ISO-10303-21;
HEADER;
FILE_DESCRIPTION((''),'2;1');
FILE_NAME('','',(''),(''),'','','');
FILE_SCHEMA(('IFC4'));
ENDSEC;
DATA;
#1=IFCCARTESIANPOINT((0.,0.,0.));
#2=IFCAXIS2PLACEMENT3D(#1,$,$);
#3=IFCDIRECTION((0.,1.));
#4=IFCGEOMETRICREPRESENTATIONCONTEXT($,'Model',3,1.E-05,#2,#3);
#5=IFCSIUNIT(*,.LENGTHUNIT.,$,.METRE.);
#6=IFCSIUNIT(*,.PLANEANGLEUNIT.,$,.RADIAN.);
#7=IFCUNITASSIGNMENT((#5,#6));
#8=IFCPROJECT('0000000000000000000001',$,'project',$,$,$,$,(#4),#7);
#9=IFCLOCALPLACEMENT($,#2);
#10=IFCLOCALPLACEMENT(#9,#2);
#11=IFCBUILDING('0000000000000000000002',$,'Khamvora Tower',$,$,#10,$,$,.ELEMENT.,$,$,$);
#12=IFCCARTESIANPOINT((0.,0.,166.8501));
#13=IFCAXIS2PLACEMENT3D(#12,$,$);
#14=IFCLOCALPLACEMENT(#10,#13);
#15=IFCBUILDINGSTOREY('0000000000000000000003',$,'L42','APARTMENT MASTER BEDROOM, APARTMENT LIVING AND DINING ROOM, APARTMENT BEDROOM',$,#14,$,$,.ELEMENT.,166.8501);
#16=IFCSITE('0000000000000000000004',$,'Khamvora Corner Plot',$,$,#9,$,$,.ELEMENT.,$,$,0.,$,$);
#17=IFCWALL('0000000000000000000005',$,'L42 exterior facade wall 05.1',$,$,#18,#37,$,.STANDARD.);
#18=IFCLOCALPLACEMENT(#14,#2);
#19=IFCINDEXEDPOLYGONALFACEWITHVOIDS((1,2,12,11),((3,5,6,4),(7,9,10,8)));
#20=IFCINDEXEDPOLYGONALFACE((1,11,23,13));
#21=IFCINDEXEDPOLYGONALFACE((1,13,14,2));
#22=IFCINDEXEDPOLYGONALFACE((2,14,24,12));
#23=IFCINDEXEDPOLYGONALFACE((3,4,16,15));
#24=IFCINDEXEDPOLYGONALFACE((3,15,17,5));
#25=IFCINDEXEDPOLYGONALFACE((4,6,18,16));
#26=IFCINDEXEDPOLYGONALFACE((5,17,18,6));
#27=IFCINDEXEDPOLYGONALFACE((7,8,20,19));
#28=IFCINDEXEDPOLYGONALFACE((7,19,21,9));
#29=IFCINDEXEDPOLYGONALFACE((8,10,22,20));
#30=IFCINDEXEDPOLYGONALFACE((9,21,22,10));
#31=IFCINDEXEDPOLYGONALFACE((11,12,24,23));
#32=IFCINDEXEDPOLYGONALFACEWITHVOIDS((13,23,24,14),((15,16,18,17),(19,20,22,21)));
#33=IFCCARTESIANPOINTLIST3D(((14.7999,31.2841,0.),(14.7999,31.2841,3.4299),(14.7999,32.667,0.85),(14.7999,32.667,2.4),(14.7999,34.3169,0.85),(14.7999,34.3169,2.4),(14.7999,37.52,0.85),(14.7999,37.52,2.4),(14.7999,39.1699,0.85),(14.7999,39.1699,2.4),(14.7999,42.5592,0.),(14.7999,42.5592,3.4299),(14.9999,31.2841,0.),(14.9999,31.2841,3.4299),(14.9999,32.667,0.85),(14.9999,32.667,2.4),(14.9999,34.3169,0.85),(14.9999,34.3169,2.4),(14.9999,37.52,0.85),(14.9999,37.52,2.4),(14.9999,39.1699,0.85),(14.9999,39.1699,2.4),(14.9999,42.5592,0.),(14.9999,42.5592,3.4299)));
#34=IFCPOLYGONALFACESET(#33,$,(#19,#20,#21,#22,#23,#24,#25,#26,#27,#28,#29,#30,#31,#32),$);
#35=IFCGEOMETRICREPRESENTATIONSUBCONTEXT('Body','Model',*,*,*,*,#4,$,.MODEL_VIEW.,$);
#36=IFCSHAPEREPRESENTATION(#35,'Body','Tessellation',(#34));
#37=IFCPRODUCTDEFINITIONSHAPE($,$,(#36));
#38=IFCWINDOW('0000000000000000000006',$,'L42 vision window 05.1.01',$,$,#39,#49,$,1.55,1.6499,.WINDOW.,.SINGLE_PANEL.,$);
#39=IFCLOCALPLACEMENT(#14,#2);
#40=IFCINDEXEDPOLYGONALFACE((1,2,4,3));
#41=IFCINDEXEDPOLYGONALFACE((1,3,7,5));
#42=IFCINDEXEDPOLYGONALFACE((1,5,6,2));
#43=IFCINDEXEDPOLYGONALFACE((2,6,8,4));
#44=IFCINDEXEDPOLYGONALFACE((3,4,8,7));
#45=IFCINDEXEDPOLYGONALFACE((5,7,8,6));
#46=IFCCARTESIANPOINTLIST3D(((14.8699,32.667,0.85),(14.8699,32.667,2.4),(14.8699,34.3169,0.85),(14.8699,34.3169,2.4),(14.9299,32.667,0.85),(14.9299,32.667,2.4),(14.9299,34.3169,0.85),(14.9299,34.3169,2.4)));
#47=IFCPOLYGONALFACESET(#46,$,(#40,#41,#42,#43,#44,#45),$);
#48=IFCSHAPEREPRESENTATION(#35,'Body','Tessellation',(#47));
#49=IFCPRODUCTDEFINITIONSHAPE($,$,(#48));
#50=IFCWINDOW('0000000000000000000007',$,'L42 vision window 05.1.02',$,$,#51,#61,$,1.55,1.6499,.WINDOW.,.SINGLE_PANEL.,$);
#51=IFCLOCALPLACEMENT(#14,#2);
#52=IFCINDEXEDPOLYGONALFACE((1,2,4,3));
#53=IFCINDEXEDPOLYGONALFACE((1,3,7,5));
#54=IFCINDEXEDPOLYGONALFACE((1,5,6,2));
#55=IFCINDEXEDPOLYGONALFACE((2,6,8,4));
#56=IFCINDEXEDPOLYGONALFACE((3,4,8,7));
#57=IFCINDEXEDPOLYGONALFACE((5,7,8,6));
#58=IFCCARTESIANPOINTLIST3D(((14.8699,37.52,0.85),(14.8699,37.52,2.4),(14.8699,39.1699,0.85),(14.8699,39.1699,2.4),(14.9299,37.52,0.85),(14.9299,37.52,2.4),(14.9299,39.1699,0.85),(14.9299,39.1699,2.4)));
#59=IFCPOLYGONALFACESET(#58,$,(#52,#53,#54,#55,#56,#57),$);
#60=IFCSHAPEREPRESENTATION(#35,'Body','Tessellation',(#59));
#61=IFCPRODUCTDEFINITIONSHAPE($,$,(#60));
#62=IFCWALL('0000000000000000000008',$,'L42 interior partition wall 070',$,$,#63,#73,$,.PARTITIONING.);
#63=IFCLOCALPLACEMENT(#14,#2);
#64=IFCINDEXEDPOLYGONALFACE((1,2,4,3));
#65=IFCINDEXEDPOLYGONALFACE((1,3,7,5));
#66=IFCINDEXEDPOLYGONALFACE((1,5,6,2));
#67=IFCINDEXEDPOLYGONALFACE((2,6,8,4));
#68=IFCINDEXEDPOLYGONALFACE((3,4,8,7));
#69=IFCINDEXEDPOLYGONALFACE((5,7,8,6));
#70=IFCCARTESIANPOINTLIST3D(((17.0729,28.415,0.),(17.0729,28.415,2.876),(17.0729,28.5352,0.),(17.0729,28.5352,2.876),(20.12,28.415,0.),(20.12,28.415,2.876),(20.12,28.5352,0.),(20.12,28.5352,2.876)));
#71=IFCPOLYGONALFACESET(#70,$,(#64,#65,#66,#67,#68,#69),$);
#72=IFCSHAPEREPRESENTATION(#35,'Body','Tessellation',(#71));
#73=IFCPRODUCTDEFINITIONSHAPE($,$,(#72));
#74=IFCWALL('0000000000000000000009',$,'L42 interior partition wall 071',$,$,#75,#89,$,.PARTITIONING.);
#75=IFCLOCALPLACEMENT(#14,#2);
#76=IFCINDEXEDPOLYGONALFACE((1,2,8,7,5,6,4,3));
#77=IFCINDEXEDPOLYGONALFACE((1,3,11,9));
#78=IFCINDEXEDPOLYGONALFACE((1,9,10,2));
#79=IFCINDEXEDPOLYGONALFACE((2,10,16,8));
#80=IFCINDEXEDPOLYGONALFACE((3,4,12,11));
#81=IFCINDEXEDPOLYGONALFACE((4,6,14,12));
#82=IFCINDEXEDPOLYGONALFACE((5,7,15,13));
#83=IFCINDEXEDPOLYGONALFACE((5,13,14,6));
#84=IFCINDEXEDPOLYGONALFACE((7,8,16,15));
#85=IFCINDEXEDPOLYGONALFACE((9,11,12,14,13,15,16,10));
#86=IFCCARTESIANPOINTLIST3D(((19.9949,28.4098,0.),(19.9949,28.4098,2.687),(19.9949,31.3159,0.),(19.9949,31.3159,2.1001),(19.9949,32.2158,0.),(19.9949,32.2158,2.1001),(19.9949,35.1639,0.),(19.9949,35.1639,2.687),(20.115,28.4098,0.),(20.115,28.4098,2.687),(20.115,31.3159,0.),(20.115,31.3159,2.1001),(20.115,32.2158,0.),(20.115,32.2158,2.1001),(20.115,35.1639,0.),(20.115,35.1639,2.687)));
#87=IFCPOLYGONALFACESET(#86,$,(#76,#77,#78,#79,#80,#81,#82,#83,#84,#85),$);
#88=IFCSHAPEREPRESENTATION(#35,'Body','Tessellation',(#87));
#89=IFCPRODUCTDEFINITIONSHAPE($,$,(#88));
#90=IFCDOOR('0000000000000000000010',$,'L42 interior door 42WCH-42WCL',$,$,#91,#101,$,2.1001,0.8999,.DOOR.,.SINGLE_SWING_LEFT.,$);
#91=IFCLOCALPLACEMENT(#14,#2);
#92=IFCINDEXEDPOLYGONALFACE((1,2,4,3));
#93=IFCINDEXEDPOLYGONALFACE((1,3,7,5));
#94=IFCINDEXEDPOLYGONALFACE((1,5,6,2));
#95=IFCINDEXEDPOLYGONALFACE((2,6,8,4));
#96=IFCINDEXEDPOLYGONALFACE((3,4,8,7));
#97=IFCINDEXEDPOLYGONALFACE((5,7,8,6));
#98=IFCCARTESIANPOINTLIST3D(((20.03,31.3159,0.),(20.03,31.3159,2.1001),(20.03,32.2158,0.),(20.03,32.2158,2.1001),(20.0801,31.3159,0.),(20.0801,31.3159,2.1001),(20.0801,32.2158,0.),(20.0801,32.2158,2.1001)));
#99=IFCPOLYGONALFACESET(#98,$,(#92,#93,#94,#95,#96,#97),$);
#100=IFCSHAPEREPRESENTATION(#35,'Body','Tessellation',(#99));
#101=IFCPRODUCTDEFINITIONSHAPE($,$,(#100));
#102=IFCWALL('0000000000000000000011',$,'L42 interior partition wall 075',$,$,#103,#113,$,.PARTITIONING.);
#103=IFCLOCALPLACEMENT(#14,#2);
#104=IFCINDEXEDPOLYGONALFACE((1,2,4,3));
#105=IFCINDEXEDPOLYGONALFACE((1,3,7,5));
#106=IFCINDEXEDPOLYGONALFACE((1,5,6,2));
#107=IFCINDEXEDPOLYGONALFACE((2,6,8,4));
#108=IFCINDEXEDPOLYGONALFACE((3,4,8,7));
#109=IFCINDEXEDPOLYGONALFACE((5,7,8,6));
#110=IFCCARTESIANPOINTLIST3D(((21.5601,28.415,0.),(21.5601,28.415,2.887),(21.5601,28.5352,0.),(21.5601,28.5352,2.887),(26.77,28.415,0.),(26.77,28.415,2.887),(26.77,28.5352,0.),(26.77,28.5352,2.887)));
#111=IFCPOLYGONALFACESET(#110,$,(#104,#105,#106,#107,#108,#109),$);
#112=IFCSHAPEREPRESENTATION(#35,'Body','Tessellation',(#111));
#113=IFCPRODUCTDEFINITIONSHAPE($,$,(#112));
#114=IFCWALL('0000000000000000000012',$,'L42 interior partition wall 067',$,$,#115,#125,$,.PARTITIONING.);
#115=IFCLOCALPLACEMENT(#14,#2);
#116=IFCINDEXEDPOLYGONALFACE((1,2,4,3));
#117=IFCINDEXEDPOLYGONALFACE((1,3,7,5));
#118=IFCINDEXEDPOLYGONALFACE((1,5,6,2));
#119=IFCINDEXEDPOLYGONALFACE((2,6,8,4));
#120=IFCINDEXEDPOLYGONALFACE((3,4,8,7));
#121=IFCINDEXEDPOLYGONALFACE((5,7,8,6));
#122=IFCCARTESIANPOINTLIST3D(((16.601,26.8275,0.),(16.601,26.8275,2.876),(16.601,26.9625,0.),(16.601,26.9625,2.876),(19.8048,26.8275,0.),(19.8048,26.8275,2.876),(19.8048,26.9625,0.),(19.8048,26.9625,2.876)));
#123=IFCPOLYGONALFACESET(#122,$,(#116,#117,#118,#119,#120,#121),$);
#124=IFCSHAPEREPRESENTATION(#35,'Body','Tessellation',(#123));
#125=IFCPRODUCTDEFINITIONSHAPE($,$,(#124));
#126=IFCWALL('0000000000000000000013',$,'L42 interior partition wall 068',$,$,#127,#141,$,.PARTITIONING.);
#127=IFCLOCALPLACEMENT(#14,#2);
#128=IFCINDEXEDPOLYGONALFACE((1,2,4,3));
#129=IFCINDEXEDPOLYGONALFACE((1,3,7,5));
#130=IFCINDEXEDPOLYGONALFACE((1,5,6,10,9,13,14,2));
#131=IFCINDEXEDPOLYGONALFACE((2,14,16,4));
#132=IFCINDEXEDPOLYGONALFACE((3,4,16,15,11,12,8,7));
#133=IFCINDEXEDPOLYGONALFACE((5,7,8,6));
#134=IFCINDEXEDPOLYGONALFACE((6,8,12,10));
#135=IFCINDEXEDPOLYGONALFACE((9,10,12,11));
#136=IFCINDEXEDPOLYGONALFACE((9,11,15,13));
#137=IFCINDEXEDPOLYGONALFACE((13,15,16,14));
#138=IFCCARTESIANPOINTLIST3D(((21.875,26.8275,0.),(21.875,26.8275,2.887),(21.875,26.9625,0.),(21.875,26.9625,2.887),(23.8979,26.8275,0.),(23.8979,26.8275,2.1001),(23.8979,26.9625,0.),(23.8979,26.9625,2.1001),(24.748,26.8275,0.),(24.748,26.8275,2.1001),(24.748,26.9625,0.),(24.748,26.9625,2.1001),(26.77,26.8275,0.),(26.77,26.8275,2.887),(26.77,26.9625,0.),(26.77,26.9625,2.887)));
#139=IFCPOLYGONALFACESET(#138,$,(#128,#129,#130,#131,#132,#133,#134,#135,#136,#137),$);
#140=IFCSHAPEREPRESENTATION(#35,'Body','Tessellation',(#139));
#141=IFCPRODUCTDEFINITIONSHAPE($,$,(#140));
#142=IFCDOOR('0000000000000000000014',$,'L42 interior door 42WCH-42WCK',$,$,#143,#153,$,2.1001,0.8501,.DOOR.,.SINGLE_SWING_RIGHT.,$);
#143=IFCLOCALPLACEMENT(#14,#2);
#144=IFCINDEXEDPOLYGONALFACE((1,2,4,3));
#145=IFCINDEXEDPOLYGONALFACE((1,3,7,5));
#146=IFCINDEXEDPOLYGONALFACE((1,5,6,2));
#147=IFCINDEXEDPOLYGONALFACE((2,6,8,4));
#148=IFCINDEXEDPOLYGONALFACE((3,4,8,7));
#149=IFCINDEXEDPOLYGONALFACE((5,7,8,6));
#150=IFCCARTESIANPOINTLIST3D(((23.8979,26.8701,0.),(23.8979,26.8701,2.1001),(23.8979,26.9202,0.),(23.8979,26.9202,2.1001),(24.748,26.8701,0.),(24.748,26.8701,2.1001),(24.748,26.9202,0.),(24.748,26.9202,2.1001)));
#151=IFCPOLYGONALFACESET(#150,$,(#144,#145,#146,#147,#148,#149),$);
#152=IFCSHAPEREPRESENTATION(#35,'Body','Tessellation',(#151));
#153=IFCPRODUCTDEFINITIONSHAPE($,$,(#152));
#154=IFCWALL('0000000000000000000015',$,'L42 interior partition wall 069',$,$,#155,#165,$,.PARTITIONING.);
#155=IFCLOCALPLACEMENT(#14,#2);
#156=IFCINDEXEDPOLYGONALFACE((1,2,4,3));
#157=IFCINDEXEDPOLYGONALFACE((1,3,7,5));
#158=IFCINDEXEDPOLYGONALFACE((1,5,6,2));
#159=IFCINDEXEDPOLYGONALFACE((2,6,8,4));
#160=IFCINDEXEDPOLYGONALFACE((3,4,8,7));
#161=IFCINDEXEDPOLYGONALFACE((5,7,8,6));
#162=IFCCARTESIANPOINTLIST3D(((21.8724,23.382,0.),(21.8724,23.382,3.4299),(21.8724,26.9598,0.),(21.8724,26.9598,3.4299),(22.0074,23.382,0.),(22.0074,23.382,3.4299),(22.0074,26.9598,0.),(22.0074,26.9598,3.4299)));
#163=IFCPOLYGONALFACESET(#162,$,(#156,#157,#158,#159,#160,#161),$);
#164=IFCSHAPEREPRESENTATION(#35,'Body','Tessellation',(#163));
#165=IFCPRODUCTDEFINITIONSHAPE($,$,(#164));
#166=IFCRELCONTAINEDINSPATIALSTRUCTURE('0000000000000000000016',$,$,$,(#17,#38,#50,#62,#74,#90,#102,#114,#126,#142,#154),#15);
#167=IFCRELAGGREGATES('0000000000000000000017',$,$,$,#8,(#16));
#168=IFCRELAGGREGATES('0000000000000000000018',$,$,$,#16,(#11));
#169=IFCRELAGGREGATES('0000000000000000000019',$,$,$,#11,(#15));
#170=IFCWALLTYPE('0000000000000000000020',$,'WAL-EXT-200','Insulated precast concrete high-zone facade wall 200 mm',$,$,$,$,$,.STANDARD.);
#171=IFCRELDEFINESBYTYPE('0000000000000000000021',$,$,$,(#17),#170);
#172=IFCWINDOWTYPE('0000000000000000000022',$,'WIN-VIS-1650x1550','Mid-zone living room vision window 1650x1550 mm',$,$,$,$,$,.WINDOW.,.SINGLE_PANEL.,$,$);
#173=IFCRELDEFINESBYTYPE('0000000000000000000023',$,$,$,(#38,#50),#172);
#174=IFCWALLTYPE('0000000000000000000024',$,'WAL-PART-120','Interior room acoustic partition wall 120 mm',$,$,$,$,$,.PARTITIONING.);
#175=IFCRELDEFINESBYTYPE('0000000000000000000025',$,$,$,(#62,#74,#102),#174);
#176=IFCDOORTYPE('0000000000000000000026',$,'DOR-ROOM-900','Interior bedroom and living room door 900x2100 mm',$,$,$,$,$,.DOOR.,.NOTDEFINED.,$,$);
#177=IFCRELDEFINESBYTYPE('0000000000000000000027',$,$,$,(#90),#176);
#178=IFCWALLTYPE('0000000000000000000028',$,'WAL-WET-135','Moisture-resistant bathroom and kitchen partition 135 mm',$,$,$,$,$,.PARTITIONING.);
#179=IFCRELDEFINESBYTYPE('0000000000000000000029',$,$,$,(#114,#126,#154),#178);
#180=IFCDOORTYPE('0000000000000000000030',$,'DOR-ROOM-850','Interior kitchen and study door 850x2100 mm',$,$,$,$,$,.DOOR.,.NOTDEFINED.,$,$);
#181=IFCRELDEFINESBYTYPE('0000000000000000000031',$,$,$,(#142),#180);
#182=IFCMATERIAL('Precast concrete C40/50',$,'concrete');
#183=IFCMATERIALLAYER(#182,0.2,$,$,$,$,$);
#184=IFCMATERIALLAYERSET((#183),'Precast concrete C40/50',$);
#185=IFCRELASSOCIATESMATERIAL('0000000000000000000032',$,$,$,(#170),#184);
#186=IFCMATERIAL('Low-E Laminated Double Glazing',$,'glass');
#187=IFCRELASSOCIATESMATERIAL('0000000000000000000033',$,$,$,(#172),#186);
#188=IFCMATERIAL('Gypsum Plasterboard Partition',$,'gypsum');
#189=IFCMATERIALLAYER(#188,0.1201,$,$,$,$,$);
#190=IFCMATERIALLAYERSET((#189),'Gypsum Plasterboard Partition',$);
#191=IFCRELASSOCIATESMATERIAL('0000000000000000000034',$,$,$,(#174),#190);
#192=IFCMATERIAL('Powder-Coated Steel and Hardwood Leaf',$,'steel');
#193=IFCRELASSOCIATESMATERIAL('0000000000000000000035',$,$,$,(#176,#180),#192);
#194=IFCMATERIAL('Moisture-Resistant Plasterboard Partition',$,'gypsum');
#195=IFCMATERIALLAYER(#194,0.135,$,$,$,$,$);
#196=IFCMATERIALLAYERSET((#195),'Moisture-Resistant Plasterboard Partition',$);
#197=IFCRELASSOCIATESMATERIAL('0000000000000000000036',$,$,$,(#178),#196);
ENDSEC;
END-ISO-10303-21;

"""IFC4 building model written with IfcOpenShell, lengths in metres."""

from ifc_helpers import new_model, si_unit, direction, frame, frame_2d, origin, place, context, subcontext, project, spatial, rectangle, extrude, material, layer, layer_set, type_object, element, fill, save


model = new_model("IFC4")

# Units and contexts
model_context = context("Model", 3, precision=1e-05, world=origin(), true_north=direction((0.0, 1.0)))
body_context = subcontext(model_context, "Body", "Model", "MODEL_VIEW")
ifc_project = project(units=[si_unit("LENGTHUNIT", "METRE"), si_unit("PLANEANGLEUNIT", "RADIAN")], contexts=[model_context])

# Site, building, storey
site_placement = place(None, origin())
site = spatial("IfcSite", under=ifc_project, at=site_placement, Name="Khamvora Corner Plot", CompositionType="ELEMENT", RefElevation=0.0)
building_placement = place(site_placement, origin())
building = spatial("IfcBuilding", under=site, at=building_placement, Name="Khamvora Tower", CompositionType="ELEMENT")
storey_placement = place(building_placement, frame((0.0, 0.0, 166.8501)))
storey = spatial("IfcBuildingStorey", under=building, at=storey_placement, Name="L42", Description="APARTMENT MASTER BEDROOM, APARTMENT LIVING AND DINING ROOM, APARTMENT BEDROOM", CompositionType="ELEMENT", Elevation=166.8501)

# Shared definitions
ifc_material_1 = material(Name="Precast concrete C40/50", Category="concrete")
ifc_layer_1 = layer(ifc_material_1, 0.2)
ifc_layer_set_1 = layer_set([ifc_layer_1], Name="Precast concrete C40/50")
wall_type_1 = type_object("IfcWallType", Name="WAL-EXT-200", Description="Insulated precast concrete high-zone facade wall 200 mm", PredefinedType="STANDARD", material=ifc_layer_set_1)

# Wall, openings, windows
wall_1_placement = place(storey_placement, frame((14.8999, 31.2839, 0.0), z_axis=(0.0, 0.0, 1.0), x_axis=(0.0, 1.0, 0.0)))
wall_1 = element("IfcWall", 1, at=wall_1_placement, inside=storey, type_object=wall_type_1, Name="L42 exterior facade wall 05.1", PredefinedType="STANDARD", context=body_context, shape_type="SweptSolid", body=[
    extrude(rectangle(XDim=11.2751, YDim=0.2, at=frame_2d((5.6377, 0.0))), origin(), (0.0, 0.0, 1.0), 3.4299),
])
opening_1_placement = place(wall_1_placement, frame((1.3831, 0.0, 0.8501)))
opening_1 = element("IfcOpeningElement", 2, at=opening_1_placement, cuts=wall_1, PredefinedType="OPENING", context=body_context, shape_type="SweptSolid", body=[
    extrude(rectangle(XDim=1.6499, YDim=1.55, at=frame_2d((0.825, 0.7749))), frame((0.0, 0.1099, 0.0), z_axis=(0.0, -1.0, 0.0), x_axis=(1.0, 0.0, 0.0)), (0.0, 0.0, 1.0), 0.22),
])
opening_2_placement = place(wall_1_placement, frame((6.2361, 0.0, 0.8501)))
opening_2 = element("IfcOpeningElement", 3, at=opening_2_placement, cuts=wall_1, PredefinedType="OPENING", context=body_context, shape_type="SweptSolid", body=[
    extrude(rectangle(XDim=1.6499, YDim=1.55, at=frame_2d((0.825, 0.7749))), frame((0.0, 0.1099, 0.0), z_axis=(0.0, -1.0, 0.0), x_axis=(1.0, 0.0, 0.0)), (0.0, 0.0, 1.0), 0.22),
])
ifc_material_2 = material(Name="Low-E Laminated Double Glazing", Category="glass")
window_type = type_object("IfcWindowType", Name="WIN-VIS-1650x1550", Description="Mid-zone living room vision window 1650x1550 mm", PartitioningType="SINGLE_PANEL", PredefinedType="WINDOW", material=ifc_material_2)
window_1_placement = place(opening_1_placement, origin())
window_1 = element("IfcWindow", 4, at=window_1_placement, inside=storey, type_object=window_type, Name="L42 vision window 05.1.01", OverallHeight=1.55, OverallWidth=1.6499, PartitioningType="SINGLE_PANEL", PredefinedType="WINDOW", context=body_context, shape_type="SweptSolid", body=[
    extrude(rectangle(XDim=1.6499, YDim=1.55, at=frame_2d((0.825, 0.7749))), frame((0.0, 0.03, 0.0), z_axis=(0.0, -1.0, 0.0), x_axis=(1.0, 0.0, 0.0)), (0.0, 0.0, 1.0), 0.0601),
])
fill(opening_1, window_1)
window_2_placement = place(opening_2_placement, origin())
window_2 = element("IfcWindow", 5, at=window_2_placement, inside=storey, type_object=window_type, Name="L42 vision window 05.1.02", OverallHeight=1.55, OverallWidth=1.6499, PartitioningType="SINGLE_PANEL", PredefinedType="WINDOW", context=body_context, shape_type="SweptSolid", body=[
    extrude(rectangle(XDim=1.6499, YDim=1.55, at=frame_2d((0.825, 0.7749))), frame((0.0, 0.03, 0.0), z_axis=(0.0, -1.0, 0.0), x_axis=(1.0, 0.0, 0.0)), (0.0, 0.0, 1.0), 0.0601),
])
fill(opening_2, window_2)

# Wall
ifc_material_3 = material(Name="Gypsum Plasterboard Partition", Category="gypsum")
ifc_layer_2 = layer(ifc_material_3, 0.1201)
ifc_layer_set_2 = layer_set([ifc_layer_2], Name="Gypsum Plasterboard Partition")
wall_type_2 = type_object("IfcWallType", Name="WAL-PART-120", Description="Interior room acoustic partition wall 120 mm", PredefinedType="PARTITIONING", material=ifc_layer_set_2)
wall_2_placement = place(storey_placement, frame((17.073, 28.4751, 0.0), z_axis=(0.0, 0.0, 1.0), x_axis=(1.0, 0.0, 0.0)))
element("IfcWall", 6, at=wall_2_placement, inside=storey, type_object=wall_type_2, Name="L42 interior partition wall 070", PredefinedType="PARTITIONING", context=body_context, shape_type="SweptSolid", body=[
    extrude(rectangle(XDim=3.0471, YDim=0.1201, at=frame_2d((1.5234, 0.0))), origin(), (0.0, 0.0, 1.0), 2.876),
])

# Wall, opening, door
wall_3_placement = place(storey_placement, frame((20.0549, 28.4099, 0.0), z_axis=(0.0, 0.0, 1.0), x_axis=(0.0, 1.0, 0.0)))
wall_3 = element("IfcWall", 7, at=wall_3_placement, inside=storey, type_object=wall_type_2, Name="L42 interior partition wall 071", PredefinedType="PARTITIONING", context=body_context, shape_type="SweptSolid", body=[
    extrude(rectangle(XDim=6.7542, YDim=0.1201, at=frame_2d((3.377, 0.0))), origin(), (0.0, 0.0, 1.0), 2.687),
])
opening_3_placement = place(wall_3_placement, frame((2.906, 0.0, 0.0)))
opening_3 = element("IfcOpeningElement", 8, at=opening_3_placement, cuts=wall_3, PredefinedType="OPENING", context=body_context, shape_type="SweptSolid", body=[
    extrude(rectangle(XDim=0.8999, YDim=2.1001, at=frame_2d((0.45, 1.05))), frame((0.0, 0.0701, 0.0), z_axis=(0.0, -1.0, 0.0), x_axis=(1.0, 0.0, 0.0)), (0.0, 0.0, 1.0), 0.1401),
])
ifc_material_4 = material(Name="Powder-Coated Steel and Hardwood Leaf", Category="steel")
door_type_1 = type_object("IfcDoorType", Name="DOR-ROOM-900", Description="Interior bedroom and living room door 900x2100 mm", OperationType="NOTDEFINED", PredefinedType="DOOR", material=ifc_material_4)
door_1_placement = place(opening_3_placement, origin())
door_1 = element("IfcDoor", 9, at=door_1_placement, inside=storey, type_object=door_type_1, Name="L42 interior door 42WCH-42WCL", OperationType="SINGLE_SWING_LEFT", OverallHeight=2.1001, OverallWidth=0.8999, PredefinedType="DOOR", context=body_context, shape_type="SweptSolid", body=[
    extrude(rectangle(XDim=0.8999, YDim=2.1001, at=frame_2d((0.45, 1.05))), frame((0.0, 0.0249, 0.0), z_axis=(0.0, -1.0, 0.0), x_axis=(1.0, 0.0, 0.0)), (0.0, 0.0, 1.0), 0.05),
])
fill(opening_3, door_1)

# Walls
wall_4_placement = place(storey_placement, frame((21.5601, 28.4751, 0.0), z_axis=(0.0, 0.0, 1.0), x_axis=(1.0, 0.0, 0.0)))
element("IfcWall", 10, at=wall_4_placement, inside=storey, type_object=wall_type_2, Name="L42 interior partition wall 075", PredefinedType="PARTITIONING", context=body_context, shape_type="SweptSolid", body=[
    extrude(rectangle(XDim=5.21, YDim=0.1201, at=frame_2d((2.605, 0.0))), origin(), (0.0, 0.0, 1.0), 2.887),
])
ifc_material_5 = material(Name="Moisture-Resistant Plasterboard Partition", Category="gypsum")
ifc_layer_3 = layer(ifc_material_5, 0.135)
ifc_layer_set_3 = layer_set([ifc_layer_3], Name="Moisture-Resistant Plasterboard Partition")
wall_type_3 = type_object("IfcWallType", Name="WAL-WET-135", Description="Moisture-resistant bathroom and kitchen partition 135 mm", PredefinedType="PARTITIONING", material=ifc_layer_set_3)
wall_5_placement = place(storey_placement, frame((19.8049, 26.895, 0.0), z_axis=(0.0, 0.0, 1.0), x_axis=(-1.0, 0.0, 0.0)))
element("IfcWall", 11, at=wall_5_placement, inside=storey, type_object=wall_type_3, Name="L42 interior partition wall 067", PredefinedType="PARTITIONING", context=body_context, shape_type="SweptSolid", body=[
    extrude(rectangle(XDim=3.2039, YDim=0.135, at=frame_2d((1.6021, 0.0))), origin(), (0.0, 0.0, 1.0), 2.876),
])

# Wall, opening, door
wall_6_placement = place(storey_placement, frame((26.77, 26.895, 0.0), z_axis=(0.0, 0.0, 1.0), x_axis=(-1.0, 0.0, 0.0)))
wall_6 = element("IfcWall", 12, at=wall_6_placement, inside=storey, type_object=wall_type_3, Name="L42 interior partition wall 068", PredefinedType="PARTITIONING", context=body_context, shape_type="SweptSolid", body=[
    extrude(rectangle(XDim=4.895, YDim=0.135, at=frame_2d((2.4475, 0.0))), origin(), (0.0, 0.0, 1.0), 2.887),
])
opening_4_placement = place(wall_6_placement, frame((2.022, 0.0, 0.0)))
opening_4 = element("IfcOpeningElement", 13, at=opening_4_placement, cuts=wall_6, PredefinedType="OPENING", context=body_context, shape_type="SweptSolid", body=[
    extrude(rectangle(XDim=0.8501, YDim=2.1001, at=frame_2d((0.425, 1.05))), frame((0.0, 0.0774, 0.0), z_axis=(0.0, -1.0, 0.0), x_axis=(1.0, 0.0, 0.0)), (0.0, 0.0, 1.0), 0.155),
])
door_type_2 = type_object("IfcDoorType", Name="DOR-ROOM-850", Description="Interior kitchen and study door 850x2100 mm", OperationType="NOTDEFINED", PredefinedType="DOOR", material=ifc_material_4)
door_2_placement = place(opening_4_placement, origin())
door_2 = element("IfcDoor", 14, at=door_2_placement, inside=storey, type_object=door_type_2, Name="L42 interior door 42WCH-42WCK", OperationType="SINGLE_SWING_RIGHT", OverallHeight=2.1001, OverallWidth=0.8501, PredefinedType="DOOR", context=body_context, shape_type="SweptSolid", body=[
    extrude(rectangle(XDim=0.8501, YDim=2.1001, at=frame_2d((0.425, 1.05))), frame((0.0, 0.0249, 0.0), z_axis=(0.0, -1.0, 0.0), x_axis=(1.0, 0.0, 0.0)), (0.0, 0.0, 1.0), 0.05),
])
fill(opening_4, door_2)

# Wall
wall_7_placement = place(storey_placement, frame((21.9399, 26.96, 0.0), z_axis=(0.0, 0.0, 1.0), x_axis=(0.0, -1.0, 0.0)))
element("IfcWall", 15, at=wall_7_placement, inside=storey, type_object=wall_type_3, Name="L42 interior partition wall 069", PredefinedType="PARTITIONING", context=body_context, shape_type="SweptSolid", body=[
    extrude(rectangle(XDim=3.5779, YDim=0.135, at=frame_2d((1.7891, 0.0))), origin(), (0.0, 0.0, 1.0), 3.4299),
])

save(model, "model.ifc")
